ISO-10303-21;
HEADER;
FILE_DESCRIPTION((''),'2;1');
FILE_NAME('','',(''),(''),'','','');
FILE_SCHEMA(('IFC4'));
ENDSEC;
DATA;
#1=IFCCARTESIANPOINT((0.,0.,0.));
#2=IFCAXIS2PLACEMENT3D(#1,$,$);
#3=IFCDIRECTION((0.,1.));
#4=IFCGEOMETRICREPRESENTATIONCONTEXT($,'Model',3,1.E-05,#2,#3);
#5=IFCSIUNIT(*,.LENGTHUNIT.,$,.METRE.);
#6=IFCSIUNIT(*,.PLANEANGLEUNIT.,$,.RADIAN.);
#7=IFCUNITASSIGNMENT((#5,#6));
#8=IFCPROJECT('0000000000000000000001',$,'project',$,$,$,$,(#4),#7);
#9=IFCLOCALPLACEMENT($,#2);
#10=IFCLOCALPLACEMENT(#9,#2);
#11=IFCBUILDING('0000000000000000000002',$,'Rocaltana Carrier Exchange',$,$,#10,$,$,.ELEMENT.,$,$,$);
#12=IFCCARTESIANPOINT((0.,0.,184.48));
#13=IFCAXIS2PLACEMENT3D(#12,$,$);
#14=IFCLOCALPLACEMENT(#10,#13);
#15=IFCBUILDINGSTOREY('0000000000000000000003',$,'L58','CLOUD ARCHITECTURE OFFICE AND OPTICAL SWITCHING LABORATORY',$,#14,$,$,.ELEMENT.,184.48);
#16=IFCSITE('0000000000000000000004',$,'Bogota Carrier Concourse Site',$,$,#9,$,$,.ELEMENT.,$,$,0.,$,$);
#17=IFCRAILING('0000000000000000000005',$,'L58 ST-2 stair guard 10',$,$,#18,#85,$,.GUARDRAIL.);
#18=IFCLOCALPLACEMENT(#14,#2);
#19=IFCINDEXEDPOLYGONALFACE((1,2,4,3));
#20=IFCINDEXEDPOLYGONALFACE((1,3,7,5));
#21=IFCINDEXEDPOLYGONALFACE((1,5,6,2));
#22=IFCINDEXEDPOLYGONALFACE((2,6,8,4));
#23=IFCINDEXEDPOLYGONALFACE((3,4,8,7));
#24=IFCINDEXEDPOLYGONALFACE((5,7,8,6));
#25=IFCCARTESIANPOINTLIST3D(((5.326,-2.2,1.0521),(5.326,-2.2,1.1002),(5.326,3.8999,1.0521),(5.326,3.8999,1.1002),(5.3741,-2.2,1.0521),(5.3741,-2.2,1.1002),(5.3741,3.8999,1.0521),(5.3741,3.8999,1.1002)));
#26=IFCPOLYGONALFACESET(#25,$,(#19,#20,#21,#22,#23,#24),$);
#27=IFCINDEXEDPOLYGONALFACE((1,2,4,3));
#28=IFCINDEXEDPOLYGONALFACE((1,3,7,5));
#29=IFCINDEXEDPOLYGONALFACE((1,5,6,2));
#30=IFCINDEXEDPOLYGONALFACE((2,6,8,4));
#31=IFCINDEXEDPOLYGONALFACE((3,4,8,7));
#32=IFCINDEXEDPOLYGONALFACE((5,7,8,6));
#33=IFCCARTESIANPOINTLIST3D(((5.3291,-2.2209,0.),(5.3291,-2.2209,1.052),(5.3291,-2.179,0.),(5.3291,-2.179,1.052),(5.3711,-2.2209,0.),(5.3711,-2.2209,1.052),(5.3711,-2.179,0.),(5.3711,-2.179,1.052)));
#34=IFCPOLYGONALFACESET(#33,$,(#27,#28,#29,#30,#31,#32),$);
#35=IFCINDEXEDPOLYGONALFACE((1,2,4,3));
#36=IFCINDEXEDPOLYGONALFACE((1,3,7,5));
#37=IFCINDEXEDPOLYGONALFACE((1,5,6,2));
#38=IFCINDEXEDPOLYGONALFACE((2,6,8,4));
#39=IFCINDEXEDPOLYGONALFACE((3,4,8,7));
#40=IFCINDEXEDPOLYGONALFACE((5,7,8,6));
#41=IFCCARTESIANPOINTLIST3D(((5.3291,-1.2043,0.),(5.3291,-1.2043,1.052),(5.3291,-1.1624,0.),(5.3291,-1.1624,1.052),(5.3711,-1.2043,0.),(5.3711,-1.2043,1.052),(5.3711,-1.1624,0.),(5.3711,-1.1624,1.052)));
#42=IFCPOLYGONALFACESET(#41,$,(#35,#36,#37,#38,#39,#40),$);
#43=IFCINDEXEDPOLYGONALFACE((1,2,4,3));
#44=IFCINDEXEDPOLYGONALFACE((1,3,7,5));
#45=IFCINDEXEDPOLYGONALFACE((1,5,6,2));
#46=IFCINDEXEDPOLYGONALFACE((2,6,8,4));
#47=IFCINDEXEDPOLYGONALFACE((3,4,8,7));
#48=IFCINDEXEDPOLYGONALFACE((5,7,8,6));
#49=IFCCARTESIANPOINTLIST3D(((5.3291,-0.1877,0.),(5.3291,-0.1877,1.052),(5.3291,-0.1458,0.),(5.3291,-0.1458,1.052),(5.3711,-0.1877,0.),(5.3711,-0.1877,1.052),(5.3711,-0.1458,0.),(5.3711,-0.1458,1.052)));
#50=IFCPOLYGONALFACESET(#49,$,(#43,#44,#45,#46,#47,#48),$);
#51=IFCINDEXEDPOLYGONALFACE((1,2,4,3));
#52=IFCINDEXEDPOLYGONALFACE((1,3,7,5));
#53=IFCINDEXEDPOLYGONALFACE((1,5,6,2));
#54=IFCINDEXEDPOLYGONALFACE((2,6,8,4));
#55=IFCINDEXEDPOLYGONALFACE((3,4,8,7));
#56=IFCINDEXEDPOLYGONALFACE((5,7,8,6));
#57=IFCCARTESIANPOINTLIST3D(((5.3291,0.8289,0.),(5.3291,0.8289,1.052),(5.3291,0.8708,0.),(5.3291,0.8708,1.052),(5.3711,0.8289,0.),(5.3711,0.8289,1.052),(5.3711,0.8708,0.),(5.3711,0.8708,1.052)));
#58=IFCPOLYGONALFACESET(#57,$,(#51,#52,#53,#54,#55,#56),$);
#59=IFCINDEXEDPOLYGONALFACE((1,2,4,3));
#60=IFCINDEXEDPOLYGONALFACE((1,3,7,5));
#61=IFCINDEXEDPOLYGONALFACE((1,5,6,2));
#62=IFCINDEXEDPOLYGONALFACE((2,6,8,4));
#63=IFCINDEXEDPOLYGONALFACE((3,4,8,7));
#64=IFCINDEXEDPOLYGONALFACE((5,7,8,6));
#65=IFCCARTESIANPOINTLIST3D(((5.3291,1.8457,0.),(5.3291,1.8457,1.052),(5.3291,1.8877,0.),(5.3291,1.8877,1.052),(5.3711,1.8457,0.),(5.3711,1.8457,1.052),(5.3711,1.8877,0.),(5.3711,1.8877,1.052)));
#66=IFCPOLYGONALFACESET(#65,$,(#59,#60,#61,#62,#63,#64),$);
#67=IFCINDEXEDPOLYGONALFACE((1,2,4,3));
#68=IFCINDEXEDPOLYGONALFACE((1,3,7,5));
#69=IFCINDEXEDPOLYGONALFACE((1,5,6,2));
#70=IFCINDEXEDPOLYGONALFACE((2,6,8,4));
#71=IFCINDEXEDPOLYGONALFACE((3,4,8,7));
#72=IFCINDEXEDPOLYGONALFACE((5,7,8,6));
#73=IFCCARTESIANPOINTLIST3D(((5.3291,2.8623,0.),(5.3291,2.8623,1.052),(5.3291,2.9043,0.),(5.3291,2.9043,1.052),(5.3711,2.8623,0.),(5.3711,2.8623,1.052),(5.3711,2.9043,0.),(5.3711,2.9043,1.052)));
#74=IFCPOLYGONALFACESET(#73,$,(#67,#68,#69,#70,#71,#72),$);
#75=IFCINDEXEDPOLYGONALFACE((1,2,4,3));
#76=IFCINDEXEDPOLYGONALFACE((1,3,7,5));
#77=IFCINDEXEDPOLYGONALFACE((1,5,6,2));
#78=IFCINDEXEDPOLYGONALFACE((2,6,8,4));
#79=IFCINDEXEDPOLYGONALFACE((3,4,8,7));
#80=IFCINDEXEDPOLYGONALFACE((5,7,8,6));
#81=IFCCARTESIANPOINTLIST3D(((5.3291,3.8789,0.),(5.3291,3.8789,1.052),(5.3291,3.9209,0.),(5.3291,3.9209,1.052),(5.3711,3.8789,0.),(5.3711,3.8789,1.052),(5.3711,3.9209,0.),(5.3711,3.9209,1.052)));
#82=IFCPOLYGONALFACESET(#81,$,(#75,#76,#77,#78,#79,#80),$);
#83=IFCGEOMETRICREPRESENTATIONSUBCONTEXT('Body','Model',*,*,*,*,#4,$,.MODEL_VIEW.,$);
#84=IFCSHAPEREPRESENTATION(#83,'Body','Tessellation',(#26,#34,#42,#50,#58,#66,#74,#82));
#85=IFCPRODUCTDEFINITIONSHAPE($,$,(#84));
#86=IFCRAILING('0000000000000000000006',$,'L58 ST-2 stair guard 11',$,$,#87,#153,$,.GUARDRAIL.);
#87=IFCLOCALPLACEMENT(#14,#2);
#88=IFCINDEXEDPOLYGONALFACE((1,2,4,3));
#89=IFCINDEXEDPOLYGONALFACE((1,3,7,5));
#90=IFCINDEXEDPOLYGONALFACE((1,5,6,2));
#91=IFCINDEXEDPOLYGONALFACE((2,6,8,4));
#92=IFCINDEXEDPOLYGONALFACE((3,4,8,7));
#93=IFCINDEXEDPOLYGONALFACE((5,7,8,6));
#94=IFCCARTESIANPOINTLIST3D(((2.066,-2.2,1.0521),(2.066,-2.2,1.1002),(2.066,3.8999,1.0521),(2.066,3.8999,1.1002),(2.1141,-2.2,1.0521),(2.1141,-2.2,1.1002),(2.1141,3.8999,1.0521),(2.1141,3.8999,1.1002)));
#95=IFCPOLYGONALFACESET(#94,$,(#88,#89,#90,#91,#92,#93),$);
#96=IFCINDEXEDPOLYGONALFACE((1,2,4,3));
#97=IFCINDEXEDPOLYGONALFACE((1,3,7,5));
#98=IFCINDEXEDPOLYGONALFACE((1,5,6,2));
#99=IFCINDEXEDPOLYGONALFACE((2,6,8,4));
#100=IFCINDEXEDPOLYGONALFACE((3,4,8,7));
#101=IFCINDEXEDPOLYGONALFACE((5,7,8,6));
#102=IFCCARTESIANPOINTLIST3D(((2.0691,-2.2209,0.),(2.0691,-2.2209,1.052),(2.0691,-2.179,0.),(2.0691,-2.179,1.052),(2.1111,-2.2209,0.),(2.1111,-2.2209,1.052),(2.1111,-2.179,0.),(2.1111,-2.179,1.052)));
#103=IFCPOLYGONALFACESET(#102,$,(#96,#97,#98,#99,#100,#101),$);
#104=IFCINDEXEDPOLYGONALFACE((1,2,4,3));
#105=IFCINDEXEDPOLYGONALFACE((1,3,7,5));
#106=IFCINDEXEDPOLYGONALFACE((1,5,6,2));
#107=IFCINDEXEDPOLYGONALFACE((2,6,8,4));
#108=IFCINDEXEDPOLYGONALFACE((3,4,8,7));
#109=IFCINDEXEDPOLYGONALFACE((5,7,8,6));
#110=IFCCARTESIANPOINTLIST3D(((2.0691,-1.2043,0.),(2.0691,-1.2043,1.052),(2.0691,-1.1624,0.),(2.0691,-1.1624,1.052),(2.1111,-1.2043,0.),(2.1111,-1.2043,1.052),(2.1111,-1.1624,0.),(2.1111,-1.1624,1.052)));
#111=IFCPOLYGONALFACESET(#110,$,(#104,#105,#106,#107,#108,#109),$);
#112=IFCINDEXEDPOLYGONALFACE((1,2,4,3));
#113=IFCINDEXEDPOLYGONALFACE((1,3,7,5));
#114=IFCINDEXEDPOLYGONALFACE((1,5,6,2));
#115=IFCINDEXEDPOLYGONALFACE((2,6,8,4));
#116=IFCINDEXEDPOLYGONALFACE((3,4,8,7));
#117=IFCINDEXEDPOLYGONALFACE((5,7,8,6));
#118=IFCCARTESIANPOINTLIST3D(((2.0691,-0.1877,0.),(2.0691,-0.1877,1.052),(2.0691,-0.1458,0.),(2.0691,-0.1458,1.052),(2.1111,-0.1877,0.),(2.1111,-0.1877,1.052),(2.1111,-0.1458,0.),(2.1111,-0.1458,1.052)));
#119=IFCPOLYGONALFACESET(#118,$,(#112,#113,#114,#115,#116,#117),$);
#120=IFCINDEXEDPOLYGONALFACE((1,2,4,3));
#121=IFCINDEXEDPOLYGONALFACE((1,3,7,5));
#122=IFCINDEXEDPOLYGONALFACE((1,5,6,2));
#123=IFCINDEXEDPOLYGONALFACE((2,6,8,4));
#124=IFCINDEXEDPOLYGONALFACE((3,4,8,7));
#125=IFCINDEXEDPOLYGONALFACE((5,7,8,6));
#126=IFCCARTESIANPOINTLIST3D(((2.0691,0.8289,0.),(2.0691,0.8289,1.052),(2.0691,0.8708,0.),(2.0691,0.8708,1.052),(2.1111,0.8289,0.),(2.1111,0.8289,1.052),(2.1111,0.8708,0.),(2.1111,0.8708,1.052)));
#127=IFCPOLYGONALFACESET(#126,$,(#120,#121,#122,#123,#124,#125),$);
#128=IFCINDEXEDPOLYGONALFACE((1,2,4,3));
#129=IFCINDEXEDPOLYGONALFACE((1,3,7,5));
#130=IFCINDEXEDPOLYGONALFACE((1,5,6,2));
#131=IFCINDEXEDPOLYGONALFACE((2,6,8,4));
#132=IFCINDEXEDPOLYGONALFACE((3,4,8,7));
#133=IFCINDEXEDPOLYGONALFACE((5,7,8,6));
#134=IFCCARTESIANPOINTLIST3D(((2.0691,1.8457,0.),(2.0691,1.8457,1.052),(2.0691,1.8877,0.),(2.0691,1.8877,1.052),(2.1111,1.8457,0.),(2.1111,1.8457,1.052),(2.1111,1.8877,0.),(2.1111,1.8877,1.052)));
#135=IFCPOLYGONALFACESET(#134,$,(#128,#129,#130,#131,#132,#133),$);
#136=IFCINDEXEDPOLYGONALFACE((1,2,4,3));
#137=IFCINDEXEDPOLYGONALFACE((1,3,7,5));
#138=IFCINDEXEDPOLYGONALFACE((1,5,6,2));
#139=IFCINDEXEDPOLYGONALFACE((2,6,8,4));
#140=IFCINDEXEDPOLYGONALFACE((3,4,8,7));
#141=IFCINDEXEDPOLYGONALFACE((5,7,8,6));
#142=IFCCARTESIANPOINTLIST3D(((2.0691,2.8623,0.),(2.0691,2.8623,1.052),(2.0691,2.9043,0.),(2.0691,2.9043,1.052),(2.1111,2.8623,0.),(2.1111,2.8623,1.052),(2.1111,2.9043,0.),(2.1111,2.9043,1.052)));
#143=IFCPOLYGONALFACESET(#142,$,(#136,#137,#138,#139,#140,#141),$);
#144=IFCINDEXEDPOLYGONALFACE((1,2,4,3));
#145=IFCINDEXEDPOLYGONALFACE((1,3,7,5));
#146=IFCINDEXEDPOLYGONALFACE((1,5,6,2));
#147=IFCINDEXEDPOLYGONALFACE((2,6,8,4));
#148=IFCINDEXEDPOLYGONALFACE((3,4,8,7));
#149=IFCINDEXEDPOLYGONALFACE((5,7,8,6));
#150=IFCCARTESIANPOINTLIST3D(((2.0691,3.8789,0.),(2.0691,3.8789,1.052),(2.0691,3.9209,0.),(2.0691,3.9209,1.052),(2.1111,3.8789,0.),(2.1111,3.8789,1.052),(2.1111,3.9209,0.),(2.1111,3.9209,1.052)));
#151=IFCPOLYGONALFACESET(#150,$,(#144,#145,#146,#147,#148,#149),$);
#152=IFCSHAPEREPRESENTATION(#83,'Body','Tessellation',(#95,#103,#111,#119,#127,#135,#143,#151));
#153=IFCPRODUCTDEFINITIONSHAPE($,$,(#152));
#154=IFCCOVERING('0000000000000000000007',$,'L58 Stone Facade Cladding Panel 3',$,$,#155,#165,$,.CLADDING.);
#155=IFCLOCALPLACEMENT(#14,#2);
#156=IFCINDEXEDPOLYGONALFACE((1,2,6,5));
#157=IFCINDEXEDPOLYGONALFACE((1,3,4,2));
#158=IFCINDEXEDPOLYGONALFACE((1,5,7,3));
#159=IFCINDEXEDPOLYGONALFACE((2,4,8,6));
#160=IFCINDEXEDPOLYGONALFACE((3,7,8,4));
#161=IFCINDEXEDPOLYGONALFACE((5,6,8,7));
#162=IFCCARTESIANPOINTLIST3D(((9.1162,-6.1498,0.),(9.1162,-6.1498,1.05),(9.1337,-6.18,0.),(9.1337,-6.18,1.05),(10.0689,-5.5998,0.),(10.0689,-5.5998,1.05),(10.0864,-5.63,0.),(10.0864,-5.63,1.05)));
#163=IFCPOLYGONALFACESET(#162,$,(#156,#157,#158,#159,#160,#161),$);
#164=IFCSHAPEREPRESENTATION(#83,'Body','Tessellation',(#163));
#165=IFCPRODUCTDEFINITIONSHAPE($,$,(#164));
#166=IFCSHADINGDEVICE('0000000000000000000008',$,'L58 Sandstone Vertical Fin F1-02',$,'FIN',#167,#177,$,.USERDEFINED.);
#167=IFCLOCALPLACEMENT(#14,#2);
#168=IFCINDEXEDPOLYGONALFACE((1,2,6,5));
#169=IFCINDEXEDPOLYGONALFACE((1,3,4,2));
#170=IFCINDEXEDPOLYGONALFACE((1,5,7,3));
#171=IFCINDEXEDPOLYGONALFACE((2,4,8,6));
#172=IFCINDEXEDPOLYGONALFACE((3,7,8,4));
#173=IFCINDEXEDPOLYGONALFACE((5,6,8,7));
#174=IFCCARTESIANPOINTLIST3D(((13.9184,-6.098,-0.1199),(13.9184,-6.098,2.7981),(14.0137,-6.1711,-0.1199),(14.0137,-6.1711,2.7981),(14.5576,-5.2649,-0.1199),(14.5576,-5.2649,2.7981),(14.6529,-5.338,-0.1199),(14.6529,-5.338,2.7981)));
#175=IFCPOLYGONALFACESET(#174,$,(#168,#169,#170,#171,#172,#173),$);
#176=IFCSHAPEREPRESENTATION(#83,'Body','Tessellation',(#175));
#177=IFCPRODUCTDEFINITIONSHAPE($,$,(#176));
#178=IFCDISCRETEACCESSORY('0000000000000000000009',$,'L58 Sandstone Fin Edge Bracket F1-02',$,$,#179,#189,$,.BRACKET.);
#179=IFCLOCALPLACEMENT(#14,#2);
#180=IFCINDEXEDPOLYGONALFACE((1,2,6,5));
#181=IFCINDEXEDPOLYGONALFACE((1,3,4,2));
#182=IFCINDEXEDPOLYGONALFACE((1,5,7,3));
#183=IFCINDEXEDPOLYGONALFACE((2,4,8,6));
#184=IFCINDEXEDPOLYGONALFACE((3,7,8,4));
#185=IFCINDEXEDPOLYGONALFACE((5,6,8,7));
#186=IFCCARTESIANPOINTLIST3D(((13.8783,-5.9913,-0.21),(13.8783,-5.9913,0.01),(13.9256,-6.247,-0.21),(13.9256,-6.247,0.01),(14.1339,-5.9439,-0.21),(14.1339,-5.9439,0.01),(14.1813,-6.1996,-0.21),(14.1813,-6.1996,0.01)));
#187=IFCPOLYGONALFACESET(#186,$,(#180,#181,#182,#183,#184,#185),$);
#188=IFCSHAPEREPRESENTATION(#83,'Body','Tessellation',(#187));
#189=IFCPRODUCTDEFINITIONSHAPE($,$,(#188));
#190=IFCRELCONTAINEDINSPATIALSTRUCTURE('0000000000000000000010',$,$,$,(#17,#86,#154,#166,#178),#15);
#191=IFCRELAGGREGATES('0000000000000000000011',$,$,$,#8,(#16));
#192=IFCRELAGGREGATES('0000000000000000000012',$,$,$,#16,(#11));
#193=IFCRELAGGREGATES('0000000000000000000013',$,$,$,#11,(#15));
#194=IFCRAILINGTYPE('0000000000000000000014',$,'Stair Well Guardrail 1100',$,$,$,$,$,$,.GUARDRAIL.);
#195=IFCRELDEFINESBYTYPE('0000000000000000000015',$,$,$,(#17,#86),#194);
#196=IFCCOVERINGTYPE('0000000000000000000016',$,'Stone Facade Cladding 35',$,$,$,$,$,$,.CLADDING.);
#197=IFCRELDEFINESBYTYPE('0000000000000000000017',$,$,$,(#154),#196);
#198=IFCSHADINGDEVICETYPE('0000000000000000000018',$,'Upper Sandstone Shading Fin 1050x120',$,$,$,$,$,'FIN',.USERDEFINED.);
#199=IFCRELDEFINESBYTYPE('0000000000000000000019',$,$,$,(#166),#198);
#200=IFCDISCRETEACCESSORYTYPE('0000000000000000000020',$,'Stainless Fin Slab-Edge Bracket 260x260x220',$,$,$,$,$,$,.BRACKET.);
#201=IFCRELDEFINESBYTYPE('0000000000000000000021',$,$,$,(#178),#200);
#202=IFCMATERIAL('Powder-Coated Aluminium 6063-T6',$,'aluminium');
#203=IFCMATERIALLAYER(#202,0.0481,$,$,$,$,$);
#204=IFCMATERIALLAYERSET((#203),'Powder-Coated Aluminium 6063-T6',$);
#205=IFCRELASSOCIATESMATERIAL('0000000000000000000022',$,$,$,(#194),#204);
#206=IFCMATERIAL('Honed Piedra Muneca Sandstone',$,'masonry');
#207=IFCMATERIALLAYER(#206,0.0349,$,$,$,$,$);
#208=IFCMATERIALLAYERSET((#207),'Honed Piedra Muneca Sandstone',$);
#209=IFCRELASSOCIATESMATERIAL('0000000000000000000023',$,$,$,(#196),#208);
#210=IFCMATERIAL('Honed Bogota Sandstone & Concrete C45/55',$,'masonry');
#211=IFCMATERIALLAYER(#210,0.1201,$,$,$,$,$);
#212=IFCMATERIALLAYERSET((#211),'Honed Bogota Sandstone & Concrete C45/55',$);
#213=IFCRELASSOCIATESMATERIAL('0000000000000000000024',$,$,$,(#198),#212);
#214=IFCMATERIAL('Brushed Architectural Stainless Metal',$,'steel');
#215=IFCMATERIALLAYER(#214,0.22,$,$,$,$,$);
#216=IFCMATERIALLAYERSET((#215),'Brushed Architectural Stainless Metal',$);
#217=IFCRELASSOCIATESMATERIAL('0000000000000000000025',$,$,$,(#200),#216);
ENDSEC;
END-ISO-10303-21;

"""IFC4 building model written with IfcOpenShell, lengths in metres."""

from ifc_helpers import new_model, si_unit, direction, frame, origin, origin_2d, place, context, subcontext, project, spatial, rectangle, extrude, material, layer, layer_set, type_object, element, save


model = new_model("IFC4")

# Units and contexts
model_context = context("Model", 3, precision=1e-05, world=origin(), true_north=direction((0.0, 1.0)))
body_context = subcontext(model_context, "Body", "Model", "MODEL_VIEW")
ifc_project = project(units=[si_unit("LENGTHUNIT", "METRE"), si_unit("PLANEANGLEUNIT", "RADIAN")], contexts=[model_context])

# Site, building, storey
site_placement = place(None, origin())
site = spatial("IfcSite", under=ifc_project, at=site_placement, Name="Bogota Carrier Concourse Site", CompositionType="ELEMENT", RefElevation=0.0)
building_placement = place(site_placement, origin())
building = spatial("IfcBuilding", under=site, at=building_placement, Name="Rocaltana Carrier Exchange", CompositionType="ELEMENT")
storey_placement = place(building_placement, frame((0.0, 0.0, 184.48)))
storey = spatial("IfcBuildingStorey", under=building, at=storey_placement, Name="L58", Description="CLOUD ARCHITECTURE OFFICE AND OPTICAL SWITCHING LABORATORY", CompositionType="ELEMENT", Elevation=184.48)

# Railings
ifc_material_1 = material(Name="Powder-Coated Aluminium 6063-T6", Category="aluminium")
ifc_layer_1 = layer(ifc_material_1, 0.0481)
ifc_layer_set_1 = layer_set([ifc_layer_1], Name="Powder-Coated Aluminium 6063-T6")
railing_type_1 = type_object("IfcRailingType", Name="Stair Well Guardrail 1100", PredefinedType="GUARDRAIL", material=ifc_layer_set_1)
for number, where, name in (
    (1, (5.3501, -2.2, 0.0), "L58 ST-2 stair guard 10"),
    (2, (2.0901, -2.2, 0.0), "L58 ST-2 stair guard 11"),
):
    element("IfcRailing", number, at=place(storey_placement, frame(where)), inside=storey, type_object=railing_type_1, Name=name, PredefinedType="GUARDRAIL", context=body_context, shape_type="SweptSolid", body=[
        extrude(rectangle(XDim=0.0481, YDim=0.0481, at=origin_2d()), frame((0.0, 0.0, 1.0762), z_axis=(0.0, 1.0, 0.0), x_axis=(-1.0, 0.0, 0.0)), (0.0, 0.0, 1.0), 6.0999),
        extrude(rectangle(XDim=0.042, YDim=0.042, at=origin_2d()), origin(), (0.0, 0.0, 1.0), 1.052),
        extrude(rectangle(XDim=0.042, YDim=0.042, at=origin_2d()), frame((0.0, 1.0166, 0.0)), (0.0, 0.0, 1.0), 1.052),
        extrude(rectangle(XDim=0.042, YDim=0.042, at=origin_2d()), frame((0.0, 2.0332, 0.0)), (0.0, 0.0, 1.0), 1.052),
        extrude(rectangle(XDim=0.042, YDim=0.042, at=origin_2d()), frame((0.0, 3.0498, 0.0)), (0.0, 0.0, 1.0), 1.052),
        extrude(rectangle(XDim=0.042, YDim=0.042, at=origin_2d()), frame((0.0, 4.0667, 0.0)), (0.0, 0.0, 1.0), 1.052),
        extrude(rectangle(XDim=0.042, YDim=0.042, at=origin_2d()), frame((0.0, 5.0833, 0.0)), (0.0, 0.0, 1.0), 1.052),
        extrude(rectangle(XDim=0.042, YDim=0.042, at=origin_2d()), frame((0.0, 6.0999, 0.0)), (0.0, 0.0, 1.0), 1.052),
    ])

# Covering
ifc_material_2 = material(Name="Honed Piedra Muneca Sandstone", Category="masonry")
ifc_layer_2 = layer(ifc_material_2, 0.0349)
ifc_layer_set_2 = layer_set([ifc_layer_2], Name="Honed Piedra Muneca Sandstone")
covering_type = type_object("IfcCoveringType", Name="Stone Facade Cladding 35", PredefinedType="CLADDING", material=ifc_layer_set_2)
covering_placement = place(storey_placement, frame((9.6013, -5.8899, 0.0), z_axis=(0.0, 0.0, 1.0), x_axis=(0.866025, 0.5, 0.0)))
element("IfcCovering", 3, at=covering_placement, inside=storey, type_object=covering_type, Name="L58 Stone Facade Cladding Panel 3", PredefinedType="CLADDING", context=body_context, shape_type="SweptSolid", body=[
    extrude(rectangle(XDim=1.1001, YDim=0.0349, at=origin_2d()), origin(), (0.0, 0.0, 1.0), 1.05),
])

# Shading device
ifc_material_3 = material(Name="Honed Bogota Sandstone & Concrete C45/55", Category="masonry")
ifc_layer_3 = layer(ifc_material_3, 0.1201)
ifc_layer_set_3 = layer_set([ifc_layer_3], Name="Honed Bogota Sandstone & Concrete C45/55")
shading_device_type = type_object("IfcShadingDeviceType", Name="Upper Sandstone Shading Fin 1050x120", ElementType="FIN", PredefinedType="USERDEFINED", material=ifc_layer_set_3)
shading_device_placement = place(storey_placement, frame((14.2856, -5.718, -0.1199), z_axis=(0.0, 0.0, 1.0), x_axis=(0.608761, 0.793353, 0.0)))
element("IfcShadingDevice", 4, at=shading_device_placement, inside=storey, type_object=shading_device_type, Name="L58 Sandstone Vertical Fin F1-02", ObjectType="FIN", PredefinedType="USERDEFINED", context=body_context, shape_type="SweptSolid", body=[
    extrude(rectangle(XDim=1.05, YDim=0.1201, at=origin_2d()), origin(), (0.0, 0.0, 1.0), 2.918),
])

# Discrete accessory
ifc_material_4 = material(Name="Brushed Architectural Stainless Metal", Category="steel")
ifc_layer_4 = layer(ifc_material_4, 0.22)
ifc_layer_set_4 = layer_set([ifc_layer_4], Name="Brushed Architectural Stainless Metal")
discrete_accessory_type = type_object("IfcDiscreteAccessoryType", Name="Stainless Fin Slab-Edge Bracket 260x260x220", PredefinedType="BRACKET", material=ifc_layer_set_4)
discrete_accessory_placement = place(storey_placement, frame((14.0298, -6.0955, -0.21), z_axis=(0.0, 0.0, 1.0), x_axis=(-0.182236, 0.983255, 0.0)))
element("IfcDiscreteAccessory", 5, at=discrete_accessory_placement, inside=storey, type_object=discrete_accessory_type, Name="L58 Sandstone Fin Edge Bracket F1-02", PredefinedType="BRACKET", context=body_context, shape_type="SweptSolid", body=[
    extrude(rectangle(XDim=0.26, YDim=0.26, at=origin_2d()), origin(), (0.0, 0.0, 1.0), 0.22),
])

save(model, "model.ifc")
